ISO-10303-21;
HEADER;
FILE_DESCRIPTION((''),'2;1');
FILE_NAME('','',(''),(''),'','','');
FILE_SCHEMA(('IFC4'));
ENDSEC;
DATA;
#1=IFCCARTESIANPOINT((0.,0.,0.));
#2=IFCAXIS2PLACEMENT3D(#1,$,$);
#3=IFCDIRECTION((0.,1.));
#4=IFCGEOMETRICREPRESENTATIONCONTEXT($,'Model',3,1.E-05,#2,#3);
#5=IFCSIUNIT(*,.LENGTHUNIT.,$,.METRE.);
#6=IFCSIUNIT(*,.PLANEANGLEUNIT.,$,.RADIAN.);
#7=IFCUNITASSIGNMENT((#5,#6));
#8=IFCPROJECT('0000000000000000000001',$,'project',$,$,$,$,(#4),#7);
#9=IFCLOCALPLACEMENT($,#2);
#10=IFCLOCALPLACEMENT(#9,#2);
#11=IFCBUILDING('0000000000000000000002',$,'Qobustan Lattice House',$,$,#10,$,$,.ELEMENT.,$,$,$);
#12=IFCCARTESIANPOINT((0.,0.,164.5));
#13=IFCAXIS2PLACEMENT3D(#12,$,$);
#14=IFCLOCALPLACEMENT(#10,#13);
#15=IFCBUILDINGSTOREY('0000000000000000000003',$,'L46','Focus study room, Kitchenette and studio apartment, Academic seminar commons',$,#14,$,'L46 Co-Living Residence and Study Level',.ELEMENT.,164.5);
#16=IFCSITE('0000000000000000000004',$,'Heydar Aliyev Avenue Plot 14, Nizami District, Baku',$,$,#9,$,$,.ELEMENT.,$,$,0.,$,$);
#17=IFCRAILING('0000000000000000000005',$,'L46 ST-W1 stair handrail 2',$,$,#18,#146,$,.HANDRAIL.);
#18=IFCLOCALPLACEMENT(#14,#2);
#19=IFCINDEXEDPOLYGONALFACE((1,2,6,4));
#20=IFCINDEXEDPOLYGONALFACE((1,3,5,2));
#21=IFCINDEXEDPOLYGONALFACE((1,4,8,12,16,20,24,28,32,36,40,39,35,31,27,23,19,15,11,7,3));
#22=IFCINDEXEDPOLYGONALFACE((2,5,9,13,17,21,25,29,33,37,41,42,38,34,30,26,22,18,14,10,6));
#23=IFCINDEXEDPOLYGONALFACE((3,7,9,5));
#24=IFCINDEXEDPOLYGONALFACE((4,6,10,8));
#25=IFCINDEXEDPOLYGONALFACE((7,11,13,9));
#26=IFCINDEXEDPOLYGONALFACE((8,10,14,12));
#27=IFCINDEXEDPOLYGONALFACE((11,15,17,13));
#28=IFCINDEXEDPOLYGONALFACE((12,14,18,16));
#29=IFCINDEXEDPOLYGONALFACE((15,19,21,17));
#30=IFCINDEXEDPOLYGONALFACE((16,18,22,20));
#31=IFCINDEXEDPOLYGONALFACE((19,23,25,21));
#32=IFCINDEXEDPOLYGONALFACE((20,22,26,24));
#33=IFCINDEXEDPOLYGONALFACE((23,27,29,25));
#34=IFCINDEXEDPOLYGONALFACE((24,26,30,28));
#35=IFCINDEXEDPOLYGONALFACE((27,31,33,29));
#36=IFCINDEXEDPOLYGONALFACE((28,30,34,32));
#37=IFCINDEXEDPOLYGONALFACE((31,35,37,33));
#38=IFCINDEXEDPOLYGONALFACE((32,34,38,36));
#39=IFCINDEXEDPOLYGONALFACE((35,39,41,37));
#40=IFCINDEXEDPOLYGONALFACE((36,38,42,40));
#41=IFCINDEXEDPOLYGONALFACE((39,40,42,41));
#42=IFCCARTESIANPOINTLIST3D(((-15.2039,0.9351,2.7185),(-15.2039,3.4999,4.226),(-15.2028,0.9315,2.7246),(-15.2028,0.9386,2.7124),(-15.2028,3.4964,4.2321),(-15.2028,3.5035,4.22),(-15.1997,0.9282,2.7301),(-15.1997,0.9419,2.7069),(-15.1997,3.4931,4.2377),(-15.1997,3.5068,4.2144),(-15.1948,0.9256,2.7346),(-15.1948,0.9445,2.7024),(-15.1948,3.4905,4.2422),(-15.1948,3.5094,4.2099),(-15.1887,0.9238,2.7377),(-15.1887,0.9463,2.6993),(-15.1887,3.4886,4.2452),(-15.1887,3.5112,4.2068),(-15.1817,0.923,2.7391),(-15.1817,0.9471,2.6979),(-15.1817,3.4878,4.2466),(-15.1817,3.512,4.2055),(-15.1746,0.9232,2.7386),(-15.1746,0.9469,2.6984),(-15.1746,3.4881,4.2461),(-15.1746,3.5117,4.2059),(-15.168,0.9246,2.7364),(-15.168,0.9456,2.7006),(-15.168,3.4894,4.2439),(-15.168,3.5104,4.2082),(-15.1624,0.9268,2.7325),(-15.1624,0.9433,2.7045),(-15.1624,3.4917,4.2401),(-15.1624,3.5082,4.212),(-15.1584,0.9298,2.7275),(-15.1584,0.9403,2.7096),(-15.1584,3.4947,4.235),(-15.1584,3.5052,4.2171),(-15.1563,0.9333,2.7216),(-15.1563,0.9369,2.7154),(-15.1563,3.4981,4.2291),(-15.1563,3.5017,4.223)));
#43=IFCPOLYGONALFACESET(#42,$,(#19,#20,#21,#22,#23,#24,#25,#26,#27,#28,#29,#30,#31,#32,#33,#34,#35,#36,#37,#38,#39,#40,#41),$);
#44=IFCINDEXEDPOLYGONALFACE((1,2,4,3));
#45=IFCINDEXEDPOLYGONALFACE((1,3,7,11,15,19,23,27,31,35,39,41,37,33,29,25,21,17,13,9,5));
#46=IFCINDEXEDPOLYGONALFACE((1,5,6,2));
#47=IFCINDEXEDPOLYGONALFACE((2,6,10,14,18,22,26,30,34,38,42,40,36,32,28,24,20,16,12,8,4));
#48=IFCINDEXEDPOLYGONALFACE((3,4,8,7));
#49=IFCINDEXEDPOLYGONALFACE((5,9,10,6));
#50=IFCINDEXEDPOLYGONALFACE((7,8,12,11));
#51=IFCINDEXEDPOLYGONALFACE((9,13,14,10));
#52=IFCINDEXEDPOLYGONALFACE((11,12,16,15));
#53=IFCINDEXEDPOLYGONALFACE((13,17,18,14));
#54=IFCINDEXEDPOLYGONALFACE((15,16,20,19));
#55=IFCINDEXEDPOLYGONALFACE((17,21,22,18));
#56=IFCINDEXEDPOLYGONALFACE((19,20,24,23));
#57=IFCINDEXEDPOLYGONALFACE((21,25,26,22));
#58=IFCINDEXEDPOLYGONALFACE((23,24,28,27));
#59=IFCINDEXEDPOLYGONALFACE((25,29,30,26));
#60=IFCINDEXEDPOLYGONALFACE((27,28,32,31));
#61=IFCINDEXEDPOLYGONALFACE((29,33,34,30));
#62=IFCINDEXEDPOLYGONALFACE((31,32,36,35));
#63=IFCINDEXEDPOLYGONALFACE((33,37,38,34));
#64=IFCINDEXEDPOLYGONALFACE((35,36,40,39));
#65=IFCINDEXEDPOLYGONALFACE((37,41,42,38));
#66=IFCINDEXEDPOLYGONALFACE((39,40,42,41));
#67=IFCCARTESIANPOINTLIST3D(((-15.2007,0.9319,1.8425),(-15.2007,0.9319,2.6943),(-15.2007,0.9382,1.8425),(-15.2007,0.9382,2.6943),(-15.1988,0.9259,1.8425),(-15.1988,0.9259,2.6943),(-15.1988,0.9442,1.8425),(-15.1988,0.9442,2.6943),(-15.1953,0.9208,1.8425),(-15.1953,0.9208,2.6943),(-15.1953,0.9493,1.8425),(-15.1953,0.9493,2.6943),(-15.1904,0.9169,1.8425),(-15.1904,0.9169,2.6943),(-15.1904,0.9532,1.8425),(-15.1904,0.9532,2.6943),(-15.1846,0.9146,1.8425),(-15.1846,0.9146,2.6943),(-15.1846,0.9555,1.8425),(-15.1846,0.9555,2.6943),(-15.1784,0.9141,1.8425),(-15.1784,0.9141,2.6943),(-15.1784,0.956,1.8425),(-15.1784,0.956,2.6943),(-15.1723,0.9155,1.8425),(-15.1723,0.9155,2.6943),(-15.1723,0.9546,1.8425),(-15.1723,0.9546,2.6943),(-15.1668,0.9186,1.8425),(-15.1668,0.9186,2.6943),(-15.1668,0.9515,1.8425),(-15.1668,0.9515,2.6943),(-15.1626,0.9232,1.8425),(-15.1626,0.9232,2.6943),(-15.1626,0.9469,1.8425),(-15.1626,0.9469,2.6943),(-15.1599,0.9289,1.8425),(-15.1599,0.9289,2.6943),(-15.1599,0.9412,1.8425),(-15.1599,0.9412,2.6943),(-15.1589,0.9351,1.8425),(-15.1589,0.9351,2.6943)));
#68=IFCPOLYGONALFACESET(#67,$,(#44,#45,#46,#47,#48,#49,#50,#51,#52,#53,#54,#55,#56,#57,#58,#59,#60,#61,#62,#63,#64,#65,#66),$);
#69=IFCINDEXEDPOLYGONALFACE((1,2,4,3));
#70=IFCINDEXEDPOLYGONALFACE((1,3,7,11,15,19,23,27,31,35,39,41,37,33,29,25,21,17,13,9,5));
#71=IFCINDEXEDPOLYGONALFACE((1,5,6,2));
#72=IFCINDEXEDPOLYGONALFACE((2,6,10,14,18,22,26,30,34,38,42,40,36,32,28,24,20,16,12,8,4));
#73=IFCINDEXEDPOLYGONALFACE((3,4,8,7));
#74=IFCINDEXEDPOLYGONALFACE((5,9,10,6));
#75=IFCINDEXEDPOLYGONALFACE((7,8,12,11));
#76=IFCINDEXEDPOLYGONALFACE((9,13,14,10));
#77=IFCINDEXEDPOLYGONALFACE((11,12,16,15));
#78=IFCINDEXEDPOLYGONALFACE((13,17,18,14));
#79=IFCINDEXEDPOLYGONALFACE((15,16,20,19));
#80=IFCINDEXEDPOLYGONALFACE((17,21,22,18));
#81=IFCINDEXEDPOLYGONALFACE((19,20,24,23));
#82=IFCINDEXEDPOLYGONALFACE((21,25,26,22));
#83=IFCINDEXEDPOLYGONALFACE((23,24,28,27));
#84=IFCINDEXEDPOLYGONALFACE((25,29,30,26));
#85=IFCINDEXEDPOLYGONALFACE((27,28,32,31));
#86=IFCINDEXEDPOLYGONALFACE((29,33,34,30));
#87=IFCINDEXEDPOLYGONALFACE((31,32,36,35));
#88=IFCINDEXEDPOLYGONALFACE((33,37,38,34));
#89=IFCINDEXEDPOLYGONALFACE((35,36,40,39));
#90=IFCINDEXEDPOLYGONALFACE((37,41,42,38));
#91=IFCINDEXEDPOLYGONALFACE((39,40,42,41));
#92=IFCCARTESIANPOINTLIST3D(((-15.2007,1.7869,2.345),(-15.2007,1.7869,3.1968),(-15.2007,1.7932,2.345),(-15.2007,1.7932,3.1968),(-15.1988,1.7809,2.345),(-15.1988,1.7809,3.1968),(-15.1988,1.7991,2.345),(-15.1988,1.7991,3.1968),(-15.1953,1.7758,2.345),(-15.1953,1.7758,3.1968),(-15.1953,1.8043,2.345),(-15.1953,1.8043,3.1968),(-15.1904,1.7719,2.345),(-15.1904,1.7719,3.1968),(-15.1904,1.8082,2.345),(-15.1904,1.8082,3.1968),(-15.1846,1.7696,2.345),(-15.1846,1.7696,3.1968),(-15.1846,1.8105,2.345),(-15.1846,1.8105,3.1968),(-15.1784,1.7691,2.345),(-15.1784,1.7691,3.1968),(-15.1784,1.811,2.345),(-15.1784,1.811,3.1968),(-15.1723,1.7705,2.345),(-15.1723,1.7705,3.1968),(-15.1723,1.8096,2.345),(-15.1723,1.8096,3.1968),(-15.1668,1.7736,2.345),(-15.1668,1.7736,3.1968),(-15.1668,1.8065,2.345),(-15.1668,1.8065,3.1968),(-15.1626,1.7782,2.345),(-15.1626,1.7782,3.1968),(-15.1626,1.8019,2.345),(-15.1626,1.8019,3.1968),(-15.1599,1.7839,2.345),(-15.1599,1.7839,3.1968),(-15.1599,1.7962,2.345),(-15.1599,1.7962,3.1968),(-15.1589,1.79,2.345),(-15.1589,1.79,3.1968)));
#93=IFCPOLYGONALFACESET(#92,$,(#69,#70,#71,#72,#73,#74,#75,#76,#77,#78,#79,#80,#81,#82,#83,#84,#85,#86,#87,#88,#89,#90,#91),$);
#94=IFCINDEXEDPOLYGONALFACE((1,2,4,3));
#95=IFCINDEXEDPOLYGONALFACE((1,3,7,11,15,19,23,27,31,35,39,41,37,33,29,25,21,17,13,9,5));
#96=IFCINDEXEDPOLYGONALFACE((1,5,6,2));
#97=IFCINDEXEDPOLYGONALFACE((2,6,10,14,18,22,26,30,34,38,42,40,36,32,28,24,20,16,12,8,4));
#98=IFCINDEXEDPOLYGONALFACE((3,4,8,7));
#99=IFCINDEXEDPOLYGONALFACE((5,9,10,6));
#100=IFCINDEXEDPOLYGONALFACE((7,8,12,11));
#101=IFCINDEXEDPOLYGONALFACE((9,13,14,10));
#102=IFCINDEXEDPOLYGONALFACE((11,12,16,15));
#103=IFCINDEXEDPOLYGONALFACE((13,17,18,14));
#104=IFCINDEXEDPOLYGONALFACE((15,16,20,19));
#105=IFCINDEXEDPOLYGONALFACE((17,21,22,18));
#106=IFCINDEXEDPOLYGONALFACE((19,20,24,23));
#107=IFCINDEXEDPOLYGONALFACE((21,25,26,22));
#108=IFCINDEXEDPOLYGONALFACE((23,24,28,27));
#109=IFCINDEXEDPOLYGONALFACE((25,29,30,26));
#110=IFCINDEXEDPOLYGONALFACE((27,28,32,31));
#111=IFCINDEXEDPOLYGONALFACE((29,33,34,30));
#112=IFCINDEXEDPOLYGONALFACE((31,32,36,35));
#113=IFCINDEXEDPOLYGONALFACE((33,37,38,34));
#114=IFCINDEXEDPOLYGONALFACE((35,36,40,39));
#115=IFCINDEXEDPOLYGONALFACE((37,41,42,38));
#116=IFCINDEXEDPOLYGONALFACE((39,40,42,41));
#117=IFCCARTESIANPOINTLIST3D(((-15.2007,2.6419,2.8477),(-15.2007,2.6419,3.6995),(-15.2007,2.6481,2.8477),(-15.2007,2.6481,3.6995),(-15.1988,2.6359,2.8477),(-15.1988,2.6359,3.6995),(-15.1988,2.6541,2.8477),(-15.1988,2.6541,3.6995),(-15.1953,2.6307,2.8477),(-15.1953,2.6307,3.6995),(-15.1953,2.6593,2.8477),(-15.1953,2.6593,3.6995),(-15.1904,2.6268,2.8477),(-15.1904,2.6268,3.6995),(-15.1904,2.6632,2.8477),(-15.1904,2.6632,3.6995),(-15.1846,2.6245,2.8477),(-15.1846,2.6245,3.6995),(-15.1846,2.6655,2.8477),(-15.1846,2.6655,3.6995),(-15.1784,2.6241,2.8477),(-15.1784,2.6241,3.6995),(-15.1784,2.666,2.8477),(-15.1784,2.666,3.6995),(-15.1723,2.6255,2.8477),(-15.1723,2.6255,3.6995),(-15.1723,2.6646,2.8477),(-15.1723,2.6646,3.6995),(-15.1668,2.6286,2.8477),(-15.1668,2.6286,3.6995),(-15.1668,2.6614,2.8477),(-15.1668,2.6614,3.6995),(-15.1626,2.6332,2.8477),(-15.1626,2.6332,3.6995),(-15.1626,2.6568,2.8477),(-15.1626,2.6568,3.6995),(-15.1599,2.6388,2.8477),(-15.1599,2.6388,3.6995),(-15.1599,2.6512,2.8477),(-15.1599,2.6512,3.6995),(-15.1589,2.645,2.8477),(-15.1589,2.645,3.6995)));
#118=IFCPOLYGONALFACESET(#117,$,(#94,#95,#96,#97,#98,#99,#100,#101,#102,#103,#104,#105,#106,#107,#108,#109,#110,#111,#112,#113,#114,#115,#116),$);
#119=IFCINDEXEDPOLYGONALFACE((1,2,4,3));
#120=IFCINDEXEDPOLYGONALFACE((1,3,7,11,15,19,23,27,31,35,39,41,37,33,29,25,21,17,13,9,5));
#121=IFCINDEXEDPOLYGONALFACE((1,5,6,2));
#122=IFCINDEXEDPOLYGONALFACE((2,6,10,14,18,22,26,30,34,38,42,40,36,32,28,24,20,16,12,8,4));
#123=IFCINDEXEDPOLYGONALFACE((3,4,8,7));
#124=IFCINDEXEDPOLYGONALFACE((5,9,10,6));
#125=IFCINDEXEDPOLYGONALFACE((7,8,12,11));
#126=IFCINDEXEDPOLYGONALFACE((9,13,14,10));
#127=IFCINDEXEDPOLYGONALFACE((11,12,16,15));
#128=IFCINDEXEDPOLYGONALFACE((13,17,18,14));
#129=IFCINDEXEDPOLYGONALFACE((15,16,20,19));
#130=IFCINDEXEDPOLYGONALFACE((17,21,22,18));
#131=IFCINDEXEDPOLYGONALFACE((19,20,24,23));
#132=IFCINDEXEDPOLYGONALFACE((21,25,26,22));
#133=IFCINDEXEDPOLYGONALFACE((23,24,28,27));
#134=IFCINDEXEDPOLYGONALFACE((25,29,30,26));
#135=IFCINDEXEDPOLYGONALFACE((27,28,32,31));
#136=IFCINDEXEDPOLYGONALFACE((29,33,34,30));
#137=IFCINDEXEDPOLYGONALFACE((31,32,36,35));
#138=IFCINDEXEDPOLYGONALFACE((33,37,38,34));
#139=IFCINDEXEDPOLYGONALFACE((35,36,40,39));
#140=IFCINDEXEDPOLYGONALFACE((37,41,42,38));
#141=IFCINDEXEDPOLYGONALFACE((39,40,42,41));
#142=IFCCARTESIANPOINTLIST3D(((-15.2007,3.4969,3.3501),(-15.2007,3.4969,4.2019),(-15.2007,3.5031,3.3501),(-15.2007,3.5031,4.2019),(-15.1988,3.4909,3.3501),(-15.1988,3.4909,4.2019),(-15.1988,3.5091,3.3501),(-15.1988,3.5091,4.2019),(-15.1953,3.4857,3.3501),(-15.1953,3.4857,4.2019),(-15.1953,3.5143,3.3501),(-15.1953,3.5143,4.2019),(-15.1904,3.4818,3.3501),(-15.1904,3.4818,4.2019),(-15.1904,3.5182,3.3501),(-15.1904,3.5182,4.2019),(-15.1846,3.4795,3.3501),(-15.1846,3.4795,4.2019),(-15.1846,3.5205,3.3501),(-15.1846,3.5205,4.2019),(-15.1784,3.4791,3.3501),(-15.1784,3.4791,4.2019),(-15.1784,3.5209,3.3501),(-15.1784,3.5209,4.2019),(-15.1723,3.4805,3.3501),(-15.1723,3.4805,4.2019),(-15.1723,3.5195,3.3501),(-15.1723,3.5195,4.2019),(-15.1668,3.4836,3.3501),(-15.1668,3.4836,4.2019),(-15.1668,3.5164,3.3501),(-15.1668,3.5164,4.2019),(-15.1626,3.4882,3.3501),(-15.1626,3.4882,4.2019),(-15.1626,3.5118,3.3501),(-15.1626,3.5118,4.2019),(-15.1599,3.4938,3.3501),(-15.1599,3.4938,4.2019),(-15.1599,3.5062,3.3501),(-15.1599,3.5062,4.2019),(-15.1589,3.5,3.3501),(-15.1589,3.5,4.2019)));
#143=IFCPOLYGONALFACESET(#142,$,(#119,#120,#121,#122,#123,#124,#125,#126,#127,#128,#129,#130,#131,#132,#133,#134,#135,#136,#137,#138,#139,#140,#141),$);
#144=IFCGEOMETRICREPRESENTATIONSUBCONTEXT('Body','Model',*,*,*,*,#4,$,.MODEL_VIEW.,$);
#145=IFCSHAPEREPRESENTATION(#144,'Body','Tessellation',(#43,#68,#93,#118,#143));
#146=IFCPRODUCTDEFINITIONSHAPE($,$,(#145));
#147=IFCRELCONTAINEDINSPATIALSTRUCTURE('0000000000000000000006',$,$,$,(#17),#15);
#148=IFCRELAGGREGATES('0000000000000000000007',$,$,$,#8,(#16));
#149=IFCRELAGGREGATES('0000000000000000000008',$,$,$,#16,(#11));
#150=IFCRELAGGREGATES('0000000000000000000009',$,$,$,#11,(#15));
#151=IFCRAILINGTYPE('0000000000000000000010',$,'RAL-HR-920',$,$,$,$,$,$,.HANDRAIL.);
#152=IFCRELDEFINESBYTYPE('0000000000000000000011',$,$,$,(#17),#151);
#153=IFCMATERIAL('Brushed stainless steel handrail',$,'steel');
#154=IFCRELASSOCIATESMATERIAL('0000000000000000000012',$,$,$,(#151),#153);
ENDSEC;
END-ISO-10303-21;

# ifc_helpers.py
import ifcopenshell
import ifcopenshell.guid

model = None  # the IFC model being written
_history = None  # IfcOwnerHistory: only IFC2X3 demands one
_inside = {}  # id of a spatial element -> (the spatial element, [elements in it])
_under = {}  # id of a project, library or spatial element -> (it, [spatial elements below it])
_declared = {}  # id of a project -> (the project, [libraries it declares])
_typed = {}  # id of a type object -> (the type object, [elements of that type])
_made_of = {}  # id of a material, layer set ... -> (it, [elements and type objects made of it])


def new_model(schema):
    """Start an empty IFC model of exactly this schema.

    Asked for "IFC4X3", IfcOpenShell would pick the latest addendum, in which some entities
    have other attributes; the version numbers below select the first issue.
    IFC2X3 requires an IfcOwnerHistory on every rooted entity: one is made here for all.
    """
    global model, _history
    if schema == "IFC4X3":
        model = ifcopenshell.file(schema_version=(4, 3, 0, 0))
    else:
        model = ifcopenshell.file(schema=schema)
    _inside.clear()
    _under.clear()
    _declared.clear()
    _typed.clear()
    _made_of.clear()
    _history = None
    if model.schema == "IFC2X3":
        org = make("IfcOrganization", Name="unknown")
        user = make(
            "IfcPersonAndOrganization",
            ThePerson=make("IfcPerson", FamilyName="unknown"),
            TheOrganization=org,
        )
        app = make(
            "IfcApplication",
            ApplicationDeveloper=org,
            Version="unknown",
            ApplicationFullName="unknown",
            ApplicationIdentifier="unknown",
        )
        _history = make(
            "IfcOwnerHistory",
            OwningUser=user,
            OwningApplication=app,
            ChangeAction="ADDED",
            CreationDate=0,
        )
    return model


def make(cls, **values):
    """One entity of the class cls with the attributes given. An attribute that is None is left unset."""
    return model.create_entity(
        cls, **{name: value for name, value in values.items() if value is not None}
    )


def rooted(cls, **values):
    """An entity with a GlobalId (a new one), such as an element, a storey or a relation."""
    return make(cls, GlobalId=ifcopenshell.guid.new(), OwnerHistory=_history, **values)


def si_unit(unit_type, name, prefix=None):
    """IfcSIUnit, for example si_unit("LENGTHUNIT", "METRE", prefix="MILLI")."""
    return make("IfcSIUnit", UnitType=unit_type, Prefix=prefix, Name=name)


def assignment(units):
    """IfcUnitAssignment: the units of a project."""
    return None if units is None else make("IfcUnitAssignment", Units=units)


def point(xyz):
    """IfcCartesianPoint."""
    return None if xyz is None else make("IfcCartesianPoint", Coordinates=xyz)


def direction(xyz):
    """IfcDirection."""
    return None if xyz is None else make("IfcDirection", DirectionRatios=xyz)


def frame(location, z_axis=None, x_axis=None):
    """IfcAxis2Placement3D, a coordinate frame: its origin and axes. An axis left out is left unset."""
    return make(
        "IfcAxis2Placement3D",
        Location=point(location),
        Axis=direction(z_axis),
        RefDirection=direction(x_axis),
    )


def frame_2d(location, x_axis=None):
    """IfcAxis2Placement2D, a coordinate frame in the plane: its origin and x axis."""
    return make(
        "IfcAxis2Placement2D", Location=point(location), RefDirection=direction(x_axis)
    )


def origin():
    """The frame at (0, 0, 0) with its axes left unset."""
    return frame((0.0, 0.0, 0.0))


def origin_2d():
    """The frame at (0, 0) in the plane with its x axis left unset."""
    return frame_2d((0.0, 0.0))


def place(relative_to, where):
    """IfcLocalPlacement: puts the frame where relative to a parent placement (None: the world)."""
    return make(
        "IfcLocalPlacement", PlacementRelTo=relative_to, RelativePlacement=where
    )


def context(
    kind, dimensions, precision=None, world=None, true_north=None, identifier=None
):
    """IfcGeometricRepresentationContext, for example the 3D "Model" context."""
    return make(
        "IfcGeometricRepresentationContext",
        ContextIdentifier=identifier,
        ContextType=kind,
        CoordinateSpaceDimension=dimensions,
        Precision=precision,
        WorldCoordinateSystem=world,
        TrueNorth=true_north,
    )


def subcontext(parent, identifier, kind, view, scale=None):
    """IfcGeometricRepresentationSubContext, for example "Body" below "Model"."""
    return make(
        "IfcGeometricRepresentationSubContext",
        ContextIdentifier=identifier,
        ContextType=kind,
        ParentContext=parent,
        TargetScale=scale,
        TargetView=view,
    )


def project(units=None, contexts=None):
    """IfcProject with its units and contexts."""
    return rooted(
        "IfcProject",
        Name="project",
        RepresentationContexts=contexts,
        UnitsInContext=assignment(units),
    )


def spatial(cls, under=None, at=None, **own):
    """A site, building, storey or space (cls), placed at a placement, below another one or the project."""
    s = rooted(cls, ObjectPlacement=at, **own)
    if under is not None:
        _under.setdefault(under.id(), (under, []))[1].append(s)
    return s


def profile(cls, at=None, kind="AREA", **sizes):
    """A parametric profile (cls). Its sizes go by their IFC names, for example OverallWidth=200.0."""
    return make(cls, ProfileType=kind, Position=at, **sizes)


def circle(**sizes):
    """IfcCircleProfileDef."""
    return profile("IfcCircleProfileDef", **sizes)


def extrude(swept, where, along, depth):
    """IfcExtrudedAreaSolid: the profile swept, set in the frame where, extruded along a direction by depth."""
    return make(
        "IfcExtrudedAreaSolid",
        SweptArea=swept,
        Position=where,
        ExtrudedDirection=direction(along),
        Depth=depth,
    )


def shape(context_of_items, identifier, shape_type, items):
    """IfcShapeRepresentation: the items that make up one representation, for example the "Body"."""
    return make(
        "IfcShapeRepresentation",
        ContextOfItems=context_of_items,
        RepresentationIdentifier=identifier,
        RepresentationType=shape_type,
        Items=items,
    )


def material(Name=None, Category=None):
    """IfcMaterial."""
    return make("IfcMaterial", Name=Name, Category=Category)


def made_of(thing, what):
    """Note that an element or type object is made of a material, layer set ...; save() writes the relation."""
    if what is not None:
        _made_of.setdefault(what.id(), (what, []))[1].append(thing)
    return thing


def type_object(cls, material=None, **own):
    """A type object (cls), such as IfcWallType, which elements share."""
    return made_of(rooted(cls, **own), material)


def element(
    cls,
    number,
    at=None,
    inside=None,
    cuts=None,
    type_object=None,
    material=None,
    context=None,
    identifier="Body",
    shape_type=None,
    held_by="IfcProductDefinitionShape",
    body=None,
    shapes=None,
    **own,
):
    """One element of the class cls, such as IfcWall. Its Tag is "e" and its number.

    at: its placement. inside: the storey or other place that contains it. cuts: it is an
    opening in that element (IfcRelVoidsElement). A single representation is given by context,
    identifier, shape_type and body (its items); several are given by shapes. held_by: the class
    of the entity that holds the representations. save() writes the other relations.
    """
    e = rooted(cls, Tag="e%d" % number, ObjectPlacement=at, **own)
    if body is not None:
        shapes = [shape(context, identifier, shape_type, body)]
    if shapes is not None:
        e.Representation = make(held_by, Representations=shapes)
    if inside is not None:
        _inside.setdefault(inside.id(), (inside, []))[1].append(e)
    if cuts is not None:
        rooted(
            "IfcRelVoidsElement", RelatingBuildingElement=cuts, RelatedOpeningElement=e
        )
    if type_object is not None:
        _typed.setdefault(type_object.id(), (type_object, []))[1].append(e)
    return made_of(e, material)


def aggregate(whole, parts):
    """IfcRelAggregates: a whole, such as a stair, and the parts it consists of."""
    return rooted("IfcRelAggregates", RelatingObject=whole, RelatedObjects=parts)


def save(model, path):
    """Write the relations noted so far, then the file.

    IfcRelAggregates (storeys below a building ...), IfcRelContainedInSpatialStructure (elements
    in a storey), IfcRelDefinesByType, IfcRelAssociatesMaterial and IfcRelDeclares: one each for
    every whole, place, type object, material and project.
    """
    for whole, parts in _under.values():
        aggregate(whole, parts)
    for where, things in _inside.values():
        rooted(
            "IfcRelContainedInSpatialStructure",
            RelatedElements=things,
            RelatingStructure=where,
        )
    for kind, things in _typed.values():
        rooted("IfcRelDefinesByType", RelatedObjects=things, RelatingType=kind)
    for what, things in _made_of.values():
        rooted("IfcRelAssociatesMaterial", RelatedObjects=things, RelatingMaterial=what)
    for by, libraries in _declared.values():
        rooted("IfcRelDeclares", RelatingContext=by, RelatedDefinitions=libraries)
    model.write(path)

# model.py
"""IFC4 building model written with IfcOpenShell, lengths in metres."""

from ifc_helpers import new_model, si_unit, direction, frame, origin, origin_2d, place, context, subcontext, project, spatial, circle, extrude, material, type_object, element, save


model = new_model("IFC4")

# Units and contexts
model_context = context("Model", 3, precision=1e-05, world=origin(), true_north=direction((0.0, 1.0)))
body_context = subcontext(model_context, "Body", "Model", "MODEL_VIEW")
ifc_project = project(units=[si_unit("LENGTHUNIT", "METRE"), si_unit("PLANEANGLEUNIT", "RADIAN")], contexts=[model_context])

# Site, building, storey
site_placement = place(None, origin())
site = spatial("IfcSite", under=ifc_project, at=site_placement, Name="Heydar Aliyev Avenue Plot 14, Nizami District, Baku", CompositionType="ELEMENT", RefElevation=0.0)
building_placement = place(site_placement, origin())
building = spatial("IfcBuilding", under=site, at=building_placement, Name="Qobustan Lattice House", CompositionType="ELEMENT")
storey_placement = place(building_placement, frame((0.0, 0.0, 164.5)))
storey = spatial("IfcBuildingStorey", under=building, at=storey_placement, Name="L46", Description="Focus study room, Kitchenette and studio apartment, Academic seminar commons", LongName="L46 Co-Living Residence and Study Level", CompositionType="ELEMENT", Elevation=164.5)

# Railing
ifc_material_1 = material(Name="Brushed stainless steel handrail", Category="steel")
railing_type_1 = type_object("IfcRailingType", Name="RAL-HR-920", PredefinedType="HANDRAIL", material=ifc_material_1)
railing_1_placement = place(storey_placement, frame((-15.1799, 0.9351, 1.8425)))
element("IfcRailing", 1, at=railing_1_placement, inside=storey, type_object=railing_type_1, Name="L46 ST-W1 stair handrail 2", PredefinedType="HANDRAIL", context=body_context, shape_type="SweptSolid", body=[
    extrude(circle(Radius=0.0239, at=origin_2d()), frame((0.0, 0.0, 0.876), z_axis=(0.0, 0.862113, 0.506715), x_axis=(-1.0, 0.0, 0.0)), (0.0, 0.0, 1.0), 2.9751),
    extrude(circle(Radius=0.021, at=origin_2d()), origin(), (0.0, 0.0, 1.0), 0.8518),
    extrude(circle(Radius=0.021, at=origin_2d()), frame((0.0, 0.855, 0.5024)), (0.0, 0.0, 1.0), 0.8518),
    extrude(circle(Radius=0.021, at=origin_2d()), frame((0.0, 1.71, 1.0051)), (0.0, 0.0, 1.0), 0.8518),
    extrude(circle(Radius=0.021, at=origin_2d()), frame((0.0, 2.5649, 1.5076)), (0.0, 0.0, 1.0), 0.8518),
])

save(model, "model.ifc")
